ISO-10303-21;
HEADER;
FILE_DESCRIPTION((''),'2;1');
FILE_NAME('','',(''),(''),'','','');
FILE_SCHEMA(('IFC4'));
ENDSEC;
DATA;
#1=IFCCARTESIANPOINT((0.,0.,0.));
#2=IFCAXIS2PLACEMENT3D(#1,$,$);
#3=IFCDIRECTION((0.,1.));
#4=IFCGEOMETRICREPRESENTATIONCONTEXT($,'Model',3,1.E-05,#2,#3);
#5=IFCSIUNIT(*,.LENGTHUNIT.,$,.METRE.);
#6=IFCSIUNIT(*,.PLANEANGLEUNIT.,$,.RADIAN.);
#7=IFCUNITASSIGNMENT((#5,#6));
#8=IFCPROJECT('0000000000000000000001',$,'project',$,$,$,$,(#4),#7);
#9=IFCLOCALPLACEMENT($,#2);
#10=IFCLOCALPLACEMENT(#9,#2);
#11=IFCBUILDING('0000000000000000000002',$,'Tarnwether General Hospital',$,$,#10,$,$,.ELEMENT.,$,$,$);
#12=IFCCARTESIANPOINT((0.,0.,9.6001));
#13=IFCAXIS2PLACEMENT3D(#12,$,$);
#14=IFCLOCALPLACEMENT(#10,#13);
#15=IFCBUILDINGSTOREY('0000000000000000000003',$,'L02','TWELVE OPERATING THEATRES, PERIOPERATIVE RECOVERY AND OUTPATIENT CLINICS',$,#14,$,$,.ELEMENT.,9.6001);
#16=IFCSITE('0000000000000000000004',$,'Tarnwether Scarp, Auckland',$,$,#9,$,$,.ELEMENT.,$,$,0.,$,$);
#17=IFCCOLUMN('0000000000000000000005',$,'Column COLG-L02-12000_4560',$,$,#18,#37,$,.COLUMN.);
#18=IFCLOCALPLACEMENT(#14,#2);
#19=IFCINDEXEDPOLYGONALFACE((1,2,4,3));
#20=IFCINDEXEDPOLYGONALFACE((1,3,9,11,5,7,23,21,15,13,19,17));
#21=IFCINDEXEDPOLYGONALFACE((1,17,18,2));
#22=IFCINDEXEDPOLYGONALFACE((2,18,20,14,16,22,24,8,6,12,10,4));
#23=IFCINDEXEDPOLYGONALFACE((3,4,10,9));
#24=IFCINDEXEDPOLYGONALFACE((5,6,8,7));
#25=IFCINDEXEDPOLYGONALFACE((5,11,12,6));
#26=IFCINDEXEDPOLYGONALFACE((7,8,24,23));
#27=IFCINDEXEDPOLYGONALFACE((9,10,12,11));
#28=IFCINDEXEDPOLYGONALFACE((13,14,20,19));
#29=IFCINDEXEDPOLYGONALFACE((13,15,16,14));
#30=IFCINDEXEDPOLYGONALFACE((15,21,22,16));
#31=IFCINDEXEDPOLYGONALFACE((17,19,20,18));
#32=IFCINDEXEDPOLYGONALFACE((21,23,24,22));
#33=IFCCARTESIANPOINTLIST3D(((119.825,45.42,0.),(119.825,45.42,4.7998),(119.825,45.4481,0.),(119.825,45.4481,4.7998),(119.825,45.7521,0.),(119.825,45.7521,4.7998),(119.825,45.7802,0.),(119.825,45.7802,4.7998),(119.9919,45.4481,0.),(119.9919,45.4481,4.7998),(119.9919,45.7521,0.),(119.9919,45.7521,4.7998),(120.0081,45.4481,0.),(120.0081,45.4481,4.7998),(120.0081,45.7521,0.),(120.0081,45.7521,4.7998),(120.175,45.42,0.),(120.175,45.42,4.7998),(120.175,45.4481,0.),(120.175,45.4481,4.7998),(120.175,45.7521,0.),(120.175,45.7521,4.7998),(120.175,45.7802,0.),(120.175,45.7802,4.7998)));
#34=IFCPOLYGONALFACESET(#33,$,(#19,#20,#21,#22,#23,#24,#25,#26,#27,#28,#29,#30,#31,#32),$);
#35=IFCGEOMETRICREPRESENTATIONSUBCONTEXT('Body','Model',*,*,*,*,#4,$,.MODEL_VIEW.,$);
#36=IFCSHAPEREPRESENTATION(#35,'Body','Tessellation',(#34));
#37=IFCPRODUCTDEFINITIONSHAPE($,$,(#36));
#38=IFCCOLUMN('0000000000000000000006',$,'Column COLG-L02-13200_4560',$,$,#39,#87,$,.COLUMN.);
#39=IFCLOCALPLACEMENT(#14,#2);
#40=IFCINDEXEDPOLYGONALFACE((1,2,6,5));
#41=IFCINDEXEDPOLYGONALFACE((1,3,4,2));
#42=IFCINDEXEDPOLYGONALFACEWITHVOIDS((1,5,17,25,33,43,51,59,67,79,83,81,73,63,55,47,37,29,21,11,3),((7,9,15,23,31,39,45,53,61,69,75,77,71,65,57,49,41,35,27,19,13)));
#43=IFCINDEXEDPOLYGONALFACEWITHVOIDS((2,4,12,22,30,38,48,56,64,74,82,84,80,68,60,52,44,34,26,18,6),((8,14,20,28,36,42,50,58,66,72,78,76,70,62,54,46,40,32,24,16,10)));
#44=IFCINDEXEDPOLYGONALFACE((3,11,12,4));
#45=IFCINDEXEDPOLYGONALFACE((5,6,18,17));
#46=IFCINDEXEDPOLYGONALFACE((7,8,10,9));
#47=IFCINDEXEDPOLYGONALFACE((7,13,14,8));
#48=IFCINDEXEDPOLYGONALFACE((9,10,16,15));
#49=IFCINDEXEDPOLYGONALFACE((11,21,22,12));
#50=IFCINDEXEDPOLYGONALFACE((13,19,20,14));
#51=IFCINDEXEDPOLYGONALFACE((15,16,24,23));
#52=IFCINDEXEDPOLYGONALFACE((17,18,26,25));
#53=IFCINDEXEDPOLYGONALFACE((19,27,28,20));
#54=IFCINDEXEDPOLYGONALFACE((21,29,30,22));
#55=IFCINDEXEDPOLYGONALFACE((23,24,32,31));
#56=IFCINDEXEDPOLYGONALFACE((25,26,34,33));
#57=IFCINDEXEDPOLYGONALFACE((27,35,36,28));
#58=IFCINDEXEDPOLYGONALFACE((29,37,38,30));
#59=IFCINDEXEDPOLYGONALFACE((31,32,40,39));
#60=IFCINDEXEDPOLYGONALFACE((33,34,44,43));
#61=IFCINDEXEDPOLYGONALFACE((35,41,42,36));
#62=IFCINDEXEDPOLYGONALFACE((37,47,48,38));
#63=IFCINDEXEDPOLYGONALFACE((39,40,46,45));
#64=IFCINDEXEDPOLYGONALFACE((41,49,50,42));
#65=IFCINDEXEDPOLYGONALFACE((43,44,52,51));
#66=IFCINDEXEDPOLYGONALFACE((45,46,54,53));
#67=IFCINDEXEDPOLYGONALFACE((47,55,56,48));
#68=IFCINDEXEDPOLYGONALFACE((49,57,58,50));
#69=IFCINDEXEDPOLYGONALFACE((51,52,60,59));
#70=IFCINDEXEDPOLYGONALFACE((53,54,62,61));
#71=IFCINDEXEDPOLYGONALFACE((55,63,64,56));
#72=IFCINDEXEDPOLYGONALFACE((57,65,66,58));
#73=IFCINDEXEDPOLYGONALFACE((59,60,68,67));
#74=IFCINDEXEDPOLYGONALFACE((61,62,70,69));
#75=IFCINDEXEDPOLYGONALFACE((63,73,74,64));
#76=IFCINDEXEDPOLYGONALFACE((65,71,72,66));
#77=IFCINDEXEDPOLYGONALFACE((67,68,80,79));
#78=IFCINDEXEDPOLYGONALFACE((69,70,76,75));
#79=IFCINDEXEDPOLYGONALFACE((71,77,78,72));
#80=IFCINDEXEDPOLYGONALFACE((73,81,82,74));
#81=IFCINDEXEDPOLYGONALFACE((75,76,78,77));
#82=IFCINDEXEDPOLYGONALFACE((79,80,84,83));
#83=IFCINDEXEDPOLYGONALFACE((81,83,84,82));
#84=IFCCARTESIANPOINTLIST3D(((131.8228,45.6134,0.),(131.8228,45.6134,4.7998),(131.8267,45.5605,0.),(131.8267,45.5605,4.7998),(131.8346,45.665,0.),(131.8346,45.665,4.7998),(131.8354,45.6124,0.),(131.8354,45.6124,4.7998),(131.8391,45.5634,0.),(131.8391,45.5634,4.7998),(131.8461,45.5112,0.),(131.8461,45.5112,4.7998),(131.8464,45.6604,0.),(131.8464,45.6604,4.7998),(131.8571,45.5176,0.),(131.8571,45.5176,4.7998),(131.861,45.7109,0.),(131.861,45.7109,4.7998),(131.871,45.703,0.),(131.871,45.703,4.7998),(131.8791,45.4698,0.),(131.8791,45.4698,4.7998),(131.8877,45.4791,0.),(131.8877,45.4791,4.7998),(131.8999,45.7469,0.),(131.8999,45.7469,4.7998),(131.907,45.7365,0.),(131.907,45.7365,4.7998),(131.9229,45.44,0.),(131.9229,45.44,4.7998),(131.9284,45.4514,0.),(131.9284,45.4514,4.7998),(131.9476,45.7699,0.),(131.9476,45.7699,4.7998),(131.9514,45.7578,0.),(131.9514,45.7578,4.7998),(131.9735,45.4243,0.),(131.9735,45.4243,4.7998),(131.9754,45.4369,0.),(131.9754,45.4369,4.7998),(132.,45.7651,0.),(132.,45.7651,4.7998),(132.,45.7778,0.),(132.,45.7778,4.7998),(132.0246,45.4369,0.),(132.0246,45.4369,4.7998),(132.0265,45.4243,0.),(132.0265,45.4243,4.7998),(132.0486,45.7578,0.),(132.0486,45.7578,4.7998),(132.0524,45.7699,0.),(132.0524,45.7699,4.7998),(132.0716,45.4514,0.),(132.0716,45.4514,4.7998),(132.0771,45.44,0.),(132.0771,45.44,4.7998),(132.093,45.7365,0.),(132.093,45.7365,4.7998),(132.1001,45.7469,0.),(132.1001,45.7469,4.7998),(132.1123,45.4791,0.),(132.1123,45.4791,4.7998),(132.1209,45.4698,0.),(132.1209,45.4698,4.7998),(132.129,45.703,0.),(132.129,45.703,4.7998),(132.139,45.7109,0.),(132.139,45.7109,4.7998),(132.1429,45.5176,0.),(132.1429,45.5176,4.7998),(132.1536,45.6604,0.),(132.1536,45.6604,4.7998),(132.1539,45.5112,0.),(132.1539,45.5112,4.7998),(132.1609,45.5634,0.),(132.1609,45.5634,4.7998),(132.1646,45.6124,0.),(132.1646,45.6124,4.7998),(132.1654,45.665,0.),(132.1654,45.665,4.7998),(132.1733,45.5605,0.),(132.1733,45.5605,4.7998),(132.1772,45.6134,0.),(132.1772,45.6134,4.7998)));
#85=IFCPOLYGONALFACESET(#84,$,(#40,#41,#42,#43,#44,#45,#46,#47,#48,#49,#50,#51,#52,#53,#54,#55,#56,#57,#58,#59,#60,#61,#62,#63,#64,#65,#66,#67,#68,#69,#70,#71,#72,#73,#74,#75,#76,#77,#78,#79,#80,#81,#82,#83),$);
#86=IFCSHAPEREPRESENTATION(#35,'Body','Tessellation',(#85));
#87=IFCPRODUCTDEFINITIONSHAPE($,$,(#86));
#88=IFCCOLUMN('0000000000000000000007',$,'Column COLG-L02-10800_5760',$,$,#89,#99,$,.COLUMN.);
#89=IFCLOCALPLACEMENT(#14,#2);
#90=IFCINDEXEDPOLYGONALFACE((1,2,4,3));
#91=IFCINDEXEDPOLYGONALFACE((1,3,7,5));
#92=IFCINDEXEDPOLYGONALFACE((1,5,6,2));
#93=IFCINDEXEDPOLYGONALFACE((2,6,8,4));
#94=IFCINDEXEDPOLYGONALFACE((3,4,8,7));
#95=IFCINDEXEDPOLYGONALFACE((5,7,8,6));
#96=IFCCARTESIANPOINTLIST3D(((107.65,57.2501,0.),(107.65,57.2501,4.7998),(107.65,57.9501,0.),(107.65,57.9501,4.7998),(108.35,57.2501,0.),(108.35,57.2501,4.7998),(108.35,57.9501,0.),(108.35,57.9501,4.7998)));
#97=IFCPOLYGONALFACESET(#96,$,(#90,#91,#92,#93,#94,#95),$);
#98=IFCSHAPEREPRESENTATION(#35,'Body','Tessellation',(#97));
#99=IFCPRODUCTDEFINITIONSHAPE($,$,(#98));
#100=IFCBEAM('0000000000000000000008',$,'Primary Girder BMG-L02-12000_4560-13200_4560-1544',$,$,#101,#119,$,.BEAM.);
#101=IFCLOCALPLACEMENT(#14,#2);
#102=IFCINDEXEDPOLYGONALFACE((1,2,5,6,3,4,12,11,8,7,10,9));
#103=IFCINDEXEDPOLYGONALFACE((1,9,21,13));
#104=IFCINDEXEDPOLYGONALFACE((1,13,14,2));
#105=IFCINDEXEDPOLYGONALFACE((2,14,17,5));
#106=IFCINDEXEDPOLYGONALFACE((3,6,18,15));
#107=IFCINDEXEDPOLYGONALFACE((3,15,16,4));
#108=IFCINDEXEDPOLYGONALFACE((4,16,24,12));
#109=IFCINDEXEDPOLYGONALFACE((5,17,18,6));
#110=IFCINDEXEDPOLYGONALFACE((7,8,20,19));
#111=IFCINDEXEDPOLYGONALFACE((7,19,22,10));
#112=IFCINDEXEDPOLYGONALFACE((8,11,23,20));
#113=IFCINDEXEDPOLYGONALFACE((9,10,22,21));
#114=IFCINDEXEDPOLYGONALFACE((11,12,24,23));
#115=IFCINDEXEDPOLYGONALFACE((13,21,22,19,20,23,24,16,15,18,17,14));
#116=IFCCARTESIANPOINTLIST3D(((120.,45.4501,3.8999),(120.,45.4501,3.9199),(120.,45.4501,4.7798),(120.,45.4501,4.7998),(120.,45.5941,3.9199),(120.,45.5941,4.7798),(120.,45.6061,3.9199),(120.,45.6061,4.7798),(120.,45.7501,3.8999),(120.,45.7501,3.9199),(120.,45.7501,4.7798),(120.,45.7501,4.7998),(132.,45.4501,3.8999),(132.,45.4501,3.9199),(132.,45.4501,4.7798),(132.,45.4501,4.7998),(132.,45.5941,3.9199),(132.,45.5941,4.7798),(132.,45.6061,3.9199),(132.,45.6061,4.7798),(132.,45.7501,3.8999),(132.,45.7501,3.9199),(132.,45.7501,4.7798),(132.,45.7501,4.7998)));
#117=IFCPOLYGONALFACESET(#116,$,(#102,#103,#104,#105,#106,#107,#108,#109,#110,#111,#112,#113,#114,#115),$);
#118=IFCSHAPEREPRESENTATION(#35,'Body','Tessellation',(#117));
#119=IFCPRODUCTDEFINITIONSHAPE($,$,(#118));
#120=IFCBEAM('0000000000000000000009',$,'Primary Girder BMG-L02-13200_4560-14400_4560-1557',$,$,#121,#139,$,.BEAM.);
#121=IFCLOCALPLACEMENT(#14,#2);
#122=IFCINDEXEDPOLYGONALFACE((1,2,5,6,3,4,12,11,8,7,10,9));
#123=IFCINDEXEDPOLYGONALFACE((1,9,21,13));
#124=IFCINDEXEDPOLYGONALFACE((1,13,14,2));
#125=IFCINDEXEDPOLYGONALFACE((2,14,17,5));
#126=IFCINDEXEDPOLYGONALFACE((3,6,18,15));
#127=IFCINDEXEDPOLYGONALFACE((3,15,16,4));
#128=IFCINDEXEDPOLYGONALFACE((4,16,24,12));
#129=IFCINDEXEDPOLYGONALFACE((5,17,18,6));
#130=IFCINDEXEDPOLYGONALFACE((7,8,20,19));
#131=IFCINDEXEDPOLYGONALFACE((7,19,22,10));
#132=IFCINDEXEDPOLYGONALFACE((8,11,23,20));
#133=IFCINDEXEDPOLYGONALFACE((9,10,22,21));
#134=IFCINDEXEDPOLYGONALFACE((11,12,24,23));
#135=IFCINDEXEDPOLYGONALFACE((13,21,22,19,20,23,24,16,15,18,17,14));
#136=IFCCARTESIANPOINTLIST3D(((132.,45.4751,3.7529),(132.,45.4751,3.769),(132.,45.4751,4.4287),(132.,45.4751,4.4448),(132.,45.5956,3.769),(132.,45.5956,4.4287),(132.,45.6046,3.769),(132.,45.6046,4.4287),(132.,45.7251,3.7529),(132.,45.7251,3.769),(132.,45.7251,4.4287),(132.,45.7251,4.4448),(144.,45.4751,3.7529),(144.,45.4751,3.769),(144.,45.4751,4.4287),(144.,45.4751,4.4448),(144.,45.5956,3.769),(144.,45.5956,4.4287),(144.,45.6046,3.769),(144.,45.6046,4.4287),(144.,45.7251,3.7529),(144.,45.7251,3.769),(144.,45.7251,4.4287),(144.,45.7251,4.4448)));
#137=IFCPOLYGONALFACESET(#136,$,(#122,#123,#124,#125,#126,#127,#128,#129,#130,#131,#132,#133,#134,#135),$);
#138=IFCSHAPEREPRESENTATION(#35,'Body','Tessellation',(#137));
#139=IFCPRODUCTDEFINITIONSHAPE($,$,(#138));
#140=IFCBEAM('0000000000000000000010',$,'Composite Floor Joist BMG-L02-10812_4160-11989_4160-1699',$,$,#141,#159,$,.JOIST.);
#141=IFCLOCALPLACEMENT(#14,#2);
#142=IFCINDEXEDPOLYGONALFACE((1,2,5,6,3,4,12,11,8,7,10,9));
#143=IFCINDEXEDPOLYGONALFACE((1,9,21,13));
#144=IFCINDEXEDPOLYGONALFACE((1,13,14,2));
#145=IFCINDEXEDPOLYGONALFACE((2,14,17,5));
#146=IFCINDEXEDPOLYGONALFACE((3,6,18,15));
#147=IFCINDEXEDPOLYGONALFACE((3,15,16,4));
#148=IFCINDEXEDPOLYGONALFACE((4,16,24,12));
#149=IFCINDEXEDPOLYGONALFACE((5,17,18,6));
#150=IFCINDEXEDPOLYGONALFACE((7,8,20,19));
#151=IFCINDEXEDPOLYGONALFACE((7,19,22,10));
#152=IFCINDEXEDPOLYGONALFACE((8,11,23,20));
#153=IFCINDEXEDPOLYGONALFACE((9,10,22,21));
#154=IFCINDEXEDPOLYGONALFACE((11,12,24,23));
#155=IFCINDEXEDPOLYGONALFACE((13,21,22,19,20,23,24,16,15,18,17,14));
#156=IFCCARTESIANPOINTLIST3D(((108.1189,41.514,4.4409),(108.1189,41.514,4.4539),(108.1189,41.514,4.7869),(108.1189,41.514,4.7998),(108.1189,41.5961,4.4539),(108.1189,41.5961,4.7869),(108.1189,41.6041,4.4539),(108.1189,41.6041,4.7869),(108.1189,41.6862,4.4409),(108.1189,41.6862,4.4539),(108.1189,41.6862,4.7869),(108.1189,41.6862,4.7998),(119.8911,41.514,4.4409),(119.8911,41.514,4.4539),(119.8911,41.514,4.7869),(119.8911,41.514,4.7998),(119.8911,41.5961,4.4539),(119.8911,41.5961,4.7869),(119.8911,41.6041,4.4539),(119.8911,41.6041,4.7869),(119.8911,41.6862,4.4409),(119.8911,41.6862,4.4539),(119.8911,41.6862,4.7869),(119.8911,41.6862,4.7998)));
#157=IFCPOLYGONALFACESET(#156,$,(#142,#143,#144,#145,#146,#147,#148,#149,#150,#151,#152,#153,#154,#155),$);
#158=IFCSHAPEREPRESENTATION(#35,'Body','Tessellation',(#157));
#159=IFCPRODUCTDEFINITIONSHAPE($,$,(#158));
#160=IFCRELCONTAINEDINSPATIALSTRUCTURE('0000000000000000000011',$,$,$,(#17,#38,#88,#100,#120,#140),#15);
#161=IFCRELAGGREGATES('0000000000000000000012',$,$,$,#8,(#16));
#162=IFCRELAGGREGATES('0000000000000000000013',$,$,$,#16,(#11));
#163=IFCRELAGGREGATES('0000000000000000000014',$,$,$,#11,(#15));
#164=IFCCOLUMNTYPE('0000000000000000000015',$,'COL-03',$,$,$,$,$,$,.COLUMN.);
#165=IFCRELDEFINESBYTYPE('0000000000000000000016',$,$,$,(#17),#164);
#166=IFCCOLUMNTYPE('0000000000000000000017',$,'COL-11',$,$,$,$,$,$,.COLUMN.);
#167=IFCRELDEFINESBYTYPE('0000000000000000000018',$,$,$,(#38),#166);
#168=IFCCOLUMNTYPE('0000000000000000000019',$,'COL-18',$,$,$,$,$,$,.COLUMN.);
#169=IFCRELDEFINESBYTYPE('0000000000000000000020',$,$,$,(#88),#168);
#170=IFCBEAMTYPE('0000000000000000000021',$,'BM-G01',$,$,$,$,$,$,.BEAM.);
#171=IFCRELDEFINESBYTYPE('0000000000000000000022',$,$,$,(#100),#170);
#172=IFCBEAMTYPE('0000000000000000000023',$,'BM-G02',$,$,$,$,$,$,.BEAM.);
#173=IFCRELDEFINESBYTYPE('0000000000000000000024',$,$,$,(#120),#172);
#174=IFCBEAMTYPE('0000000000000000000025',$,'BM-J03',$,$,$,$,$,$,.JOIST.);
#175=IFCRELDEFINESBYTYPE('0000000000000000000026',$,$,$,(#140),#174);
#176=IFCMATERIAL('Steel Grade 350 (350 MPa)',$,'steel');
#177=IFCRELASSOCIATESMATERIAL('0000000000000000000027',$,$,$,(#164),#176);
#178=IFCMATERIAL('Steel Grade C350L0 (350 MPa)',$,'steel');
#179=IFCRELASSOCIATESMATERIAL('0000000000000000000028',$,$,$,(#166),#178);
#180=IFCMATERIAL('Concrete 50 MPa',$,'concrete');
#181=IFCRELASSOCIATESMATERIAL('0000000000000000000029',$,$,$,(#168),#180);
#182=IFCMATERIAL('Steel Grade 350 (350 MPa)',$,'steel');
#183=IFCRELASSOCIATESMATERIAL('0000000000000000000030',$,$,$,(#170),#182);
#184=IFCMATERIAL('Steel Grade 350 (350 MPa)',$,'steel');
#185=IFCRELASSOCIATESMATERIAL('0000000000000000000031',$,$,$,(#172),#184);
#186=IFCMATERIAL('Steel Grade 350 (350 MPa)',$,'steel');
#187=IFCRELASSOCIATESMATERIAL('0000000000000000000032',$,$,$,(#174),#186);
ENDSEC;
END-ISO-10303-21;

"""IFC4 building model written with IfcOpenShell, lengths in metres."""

from ifc_helpers import new_model, si_unit, direction, frame, origin, origin_2d, place, context, subcontext, project, spatial, rectangle, hollow_circle, i_section, extrude, material, material_profile, profile_set, type_object, element, save


model = new_model("IFC4")

# Units and contexts
model_context = context("Model", 3, precision=1e-05, world=origin(), true_north=direction((0.0, 1.0)))
body_context = subcontext(model_context, "Body", "Model", "MODEL_VIEW")
ifc_project = project(units=[si_unit("LENGTHUNIT", "METRE"), si_unit("PLANEANGLEUNIT", "RADIAN")], contexts=[model_context])

# Site, building, storey
site_placement = place(None, origin())
site = spatial("IfcSite", under=ifc_project, at=site_placement, Name="Tarnwether Scarp, Auckland", CompositionType="ELEMENT", RefElevation=0.0)
building_placement = place(site_placement, origin())
building = spatial("IfcBuilding", under=site, at=building_placement, Name="Tarnwether General Hospital", CompositionType="ELEMENT")
storey_placement = place(building_placement, frame((0.0, 0.0, 9.6001)))
storey = spatial("IfcBuildingStorey", under=building, at=storey_placement, Name="L02", Description="TWELVE OPERATING THEATRES, PERIOPERATIVE RECOVERY AND OUTPATIENT CLINICS", CompositionType="ELEMENT", Elevation=9.6001)

# Columns
ifc_material_1 = material(Name="Steel Grade 350 (350 MPa)", Category="steel")
ifc_material_profile_1 = material_profile(ifc_material_1, i_section(OverallWidth=0.3501, OverallDepth=0.3601, WebThickness=0.0161, FlangeThickness=0.0281, at=origin_2d()), Name="350WC230")
ifc_profile_set_1 = profile_set([ifc_material_profile_1], Name="Steel Grade 350 (350 MPa)")
column_type_1 = type_object("IfcColumnType", Name="COL-03", PredefinedType="COLUMN", material=ifc_profile_set_1)
column_1_placement = place(storey_placement, frame((120.0, 45.6001, 0.0), z_axis=(0.0, 0.0, 1.0), x_axis=(1.0, 0.0, 0.0)))
element("IfcColumn", 1, at=column_1_placement, inside=storey, type_object=column_type_1, Name="Column COLG-L02-12000_4560", PredefinedType="COLUMN", context=body_context, shape_type="SweptSolid", body=[
    extrude(i_section(OverallWidth=0.3501, OverallDepth=0.3601, WebThickness=0.0161, FlangeThickness=0.0281, at=origin_2d()), origin(), (0.0, 0.0, 1.0), 4.7998),
])
ifc_material_2 = material(Name="Steel Grade C350L0 (350 MPa)", Category="steel")
ifc_material_profile_2 = material_profile(ifc_material_2, hollow_circle(Radius=0.1777, WallThickness=0.0127, at=origin_2d()), Name="CHS355.6x12.7")
ifc_profile_set_2 = profile_set([ifc_material_profile_2], Name="Steel Grade C350L0 (350 MPa)")
column_type_2 = type_object("IfcColumnType", Name="COL-11", PredefinedType="COLUMN", material=ifc_profile_set_2)
column_2_placement = place(storey_placement, frame((132.0, 45.6001, 0.0), z_axis=(0.0, 0.0, 1.0), x_axis=(0.0, 1.0, 0.0)))
element("IfcColumn", 2, at=column_2_placement, inside=storey, type_object=column_type_2, Name="Column COLG-L02-13200_4560", PredefinedType="COLUMN", context=body_context, shape_type="SweptSolid", body=[
    extrude(hollow_circle(Radius=0.1777, WallThickness=0.0127, at=origin_2d()), origin(), (0.0, 0.0, 1.0), 4.7998),
])
ifc_material_3 = material(Name="Concrete 50 MPa", Category="concrete")
ifc_material_profile_3 = material_profile(ifc_material_3, rectangle(XDim=0.7, YDim=0.7, at=origin_2d()), Name="RC-COL-700x700")
ifc_profile_set_3 = profile_set([ifc_material_profile_3], Name="Concrete 50 MPa")
column_type_3 = type_object("IfcColumnType", Name="COL-18", PredefinedType="COLUMN", material=ifc_profile_set_3)
column_3_placement = place(storey_placement, frame((108.0, 57.6001, 0.0), z_axis=(0.0, 0.0, 1.0), x_axis=(0.0, 1.0, 0.0)))
element("IfcColumn", 3, at=column_3_placement, inside=storey, type_object=column_type_3, Name="Column COLG-L02-10800_5760", PredefinedType="COLUMN", context=body_context, shape_type="SweptSolid", body=[
    extrude(rectangle(XDim=0.7, YDim=0.7, at=origin_2d()), origin(), (0.0, 0.0, 1.0), 4.7998),
])

# Beams
ifc_material_4 = material(Name="Steel Grade 350 (350 MPa)", Category="steel")
ifc_material_profile_4 = material_profile(ifc_material_4, i_section(OverallWidth=0.3, OverallDepth=0.8999, WebThickness=0.012, FlangeThickness=0.02, at=origin_2d()), Name="900WB175")
ifc_profile_set_4 = profile_set([ifc_material_profile_4], Name="Steel Grade 350 (350 MPa)")
beam_type_1 = type_object("IfcBeamType", Name="BM-G01", PredefinedType="BEAM", material=ifc_profile_set_4)
beam_1_placement = place(storey_placement, frame((120.0, 45.6001, 4.3499), z_axis=(1.0, 0.0, 0.0), x_axis=(0.0, 1.0, 0.0)))
element("IfcBeam", 4, at=beam_1_placement, inside=storey, type_object=beam_type_1, Name="Primary Girder BMG-L02-12000_4560-13200_4560-1544", PredefinedType="BEAM", context=body_context, shape_type="SweptSolid", body=[
    extrude(i_section(OverallWidth=0.3, OverallDepth=0.8999, WebThickness=0.012, FlangeThickness=0.02, at=origin_2d()), origin(), (0.0, 0.0, 1.0), 12.0),
])
ifc_material_5 = material(Name="Steel Grade 350 (350 MPa)", Category="steel")
ifc_material_profile_5 = material_profile(ifc_material_5, i_section(OverallWidth=0.25, OverallDepth=0.6919, WebThickness=0.009, FlangeThickness=0.0161, at=origin_2d()), Name="700WB115")
ifc_profile_set_5 = profile_set([ifc_material_profile_5], Name="Steel Grade 350 (350 MPa)")
beam_type_2 = type_object("IfcBeamType", Name="BM-G02", PredefinedType="BEAM", material=ifc_profile_set_5)
beam_2_placement = place(storey_placement, frame((132.0, 45.6001, 4.0989), z_axis=(1.0, 0.0, 0.0), x_axis=(0.0, 1.0, 0.0)))
element("IfcBeam", 5, at=beam_2_placement, inside=storey, type_object=beam_type_2, Name="Primary Girder BMG-L02-13200_4560-14400_4560-1557", PredefinedType="BEAM", context=body_context, shape_type="SweptSolid", body=[
    extrude(i_section(OverallWidth=0.25, OverallDepth=0.6919, WebThickness=0.009, FlangeThickness=0.0161, at=origin_2d()), origin(), (0.0, 0.0, 1.0), 12.0),
])
ifc_material_6 = material(Name="Steel Grade 350 (350 MPa)", Category="steel")
ifc_material_profile_6 = material_profile(ifc_material_6, i_section(OverallWidth=0.1721, OverallDepth=0.3589, WebThickness=0.0081, FlangeThickness=0.0129, at=origin_2d()), Name="360UB56.7")
ifc_profile_set_6 = profile_set([ifc_material_profile_6], Name="Steel Grade 350 (350 MPa)")
beam_type_3 = type_object("IfcBeamType", Name="BM-J03", PredefinedType="JOIST", material=ifc_profile_set_6)
beam_3_placement = place(storey_placement, frame((108.1189, 41.6001, 4.6204), z_axis=(1.0, 0.0, 0.0), x_axis=(0.0, 1.0, 0.0)))
element("IfcBeam", 6, at=beam_3_placement, inside=storey, type_object=beam_type_3, Name="Composite Floor Joist BMG-L02-10812_4160-11989_4160-1699", PredefinedType="JOIST", context=body_context, shape_type="SweptSolid", body=[
    extrude(i_section(OverallWidth=0.1721, OverallDepth=0.3589, WebThickness=0.0081, FlangeThickness=0.0129, at=origin_2d()), origin(), (0.0, 0.0, 1.0), 11.7722),
])

save(model, "model.ifc")
